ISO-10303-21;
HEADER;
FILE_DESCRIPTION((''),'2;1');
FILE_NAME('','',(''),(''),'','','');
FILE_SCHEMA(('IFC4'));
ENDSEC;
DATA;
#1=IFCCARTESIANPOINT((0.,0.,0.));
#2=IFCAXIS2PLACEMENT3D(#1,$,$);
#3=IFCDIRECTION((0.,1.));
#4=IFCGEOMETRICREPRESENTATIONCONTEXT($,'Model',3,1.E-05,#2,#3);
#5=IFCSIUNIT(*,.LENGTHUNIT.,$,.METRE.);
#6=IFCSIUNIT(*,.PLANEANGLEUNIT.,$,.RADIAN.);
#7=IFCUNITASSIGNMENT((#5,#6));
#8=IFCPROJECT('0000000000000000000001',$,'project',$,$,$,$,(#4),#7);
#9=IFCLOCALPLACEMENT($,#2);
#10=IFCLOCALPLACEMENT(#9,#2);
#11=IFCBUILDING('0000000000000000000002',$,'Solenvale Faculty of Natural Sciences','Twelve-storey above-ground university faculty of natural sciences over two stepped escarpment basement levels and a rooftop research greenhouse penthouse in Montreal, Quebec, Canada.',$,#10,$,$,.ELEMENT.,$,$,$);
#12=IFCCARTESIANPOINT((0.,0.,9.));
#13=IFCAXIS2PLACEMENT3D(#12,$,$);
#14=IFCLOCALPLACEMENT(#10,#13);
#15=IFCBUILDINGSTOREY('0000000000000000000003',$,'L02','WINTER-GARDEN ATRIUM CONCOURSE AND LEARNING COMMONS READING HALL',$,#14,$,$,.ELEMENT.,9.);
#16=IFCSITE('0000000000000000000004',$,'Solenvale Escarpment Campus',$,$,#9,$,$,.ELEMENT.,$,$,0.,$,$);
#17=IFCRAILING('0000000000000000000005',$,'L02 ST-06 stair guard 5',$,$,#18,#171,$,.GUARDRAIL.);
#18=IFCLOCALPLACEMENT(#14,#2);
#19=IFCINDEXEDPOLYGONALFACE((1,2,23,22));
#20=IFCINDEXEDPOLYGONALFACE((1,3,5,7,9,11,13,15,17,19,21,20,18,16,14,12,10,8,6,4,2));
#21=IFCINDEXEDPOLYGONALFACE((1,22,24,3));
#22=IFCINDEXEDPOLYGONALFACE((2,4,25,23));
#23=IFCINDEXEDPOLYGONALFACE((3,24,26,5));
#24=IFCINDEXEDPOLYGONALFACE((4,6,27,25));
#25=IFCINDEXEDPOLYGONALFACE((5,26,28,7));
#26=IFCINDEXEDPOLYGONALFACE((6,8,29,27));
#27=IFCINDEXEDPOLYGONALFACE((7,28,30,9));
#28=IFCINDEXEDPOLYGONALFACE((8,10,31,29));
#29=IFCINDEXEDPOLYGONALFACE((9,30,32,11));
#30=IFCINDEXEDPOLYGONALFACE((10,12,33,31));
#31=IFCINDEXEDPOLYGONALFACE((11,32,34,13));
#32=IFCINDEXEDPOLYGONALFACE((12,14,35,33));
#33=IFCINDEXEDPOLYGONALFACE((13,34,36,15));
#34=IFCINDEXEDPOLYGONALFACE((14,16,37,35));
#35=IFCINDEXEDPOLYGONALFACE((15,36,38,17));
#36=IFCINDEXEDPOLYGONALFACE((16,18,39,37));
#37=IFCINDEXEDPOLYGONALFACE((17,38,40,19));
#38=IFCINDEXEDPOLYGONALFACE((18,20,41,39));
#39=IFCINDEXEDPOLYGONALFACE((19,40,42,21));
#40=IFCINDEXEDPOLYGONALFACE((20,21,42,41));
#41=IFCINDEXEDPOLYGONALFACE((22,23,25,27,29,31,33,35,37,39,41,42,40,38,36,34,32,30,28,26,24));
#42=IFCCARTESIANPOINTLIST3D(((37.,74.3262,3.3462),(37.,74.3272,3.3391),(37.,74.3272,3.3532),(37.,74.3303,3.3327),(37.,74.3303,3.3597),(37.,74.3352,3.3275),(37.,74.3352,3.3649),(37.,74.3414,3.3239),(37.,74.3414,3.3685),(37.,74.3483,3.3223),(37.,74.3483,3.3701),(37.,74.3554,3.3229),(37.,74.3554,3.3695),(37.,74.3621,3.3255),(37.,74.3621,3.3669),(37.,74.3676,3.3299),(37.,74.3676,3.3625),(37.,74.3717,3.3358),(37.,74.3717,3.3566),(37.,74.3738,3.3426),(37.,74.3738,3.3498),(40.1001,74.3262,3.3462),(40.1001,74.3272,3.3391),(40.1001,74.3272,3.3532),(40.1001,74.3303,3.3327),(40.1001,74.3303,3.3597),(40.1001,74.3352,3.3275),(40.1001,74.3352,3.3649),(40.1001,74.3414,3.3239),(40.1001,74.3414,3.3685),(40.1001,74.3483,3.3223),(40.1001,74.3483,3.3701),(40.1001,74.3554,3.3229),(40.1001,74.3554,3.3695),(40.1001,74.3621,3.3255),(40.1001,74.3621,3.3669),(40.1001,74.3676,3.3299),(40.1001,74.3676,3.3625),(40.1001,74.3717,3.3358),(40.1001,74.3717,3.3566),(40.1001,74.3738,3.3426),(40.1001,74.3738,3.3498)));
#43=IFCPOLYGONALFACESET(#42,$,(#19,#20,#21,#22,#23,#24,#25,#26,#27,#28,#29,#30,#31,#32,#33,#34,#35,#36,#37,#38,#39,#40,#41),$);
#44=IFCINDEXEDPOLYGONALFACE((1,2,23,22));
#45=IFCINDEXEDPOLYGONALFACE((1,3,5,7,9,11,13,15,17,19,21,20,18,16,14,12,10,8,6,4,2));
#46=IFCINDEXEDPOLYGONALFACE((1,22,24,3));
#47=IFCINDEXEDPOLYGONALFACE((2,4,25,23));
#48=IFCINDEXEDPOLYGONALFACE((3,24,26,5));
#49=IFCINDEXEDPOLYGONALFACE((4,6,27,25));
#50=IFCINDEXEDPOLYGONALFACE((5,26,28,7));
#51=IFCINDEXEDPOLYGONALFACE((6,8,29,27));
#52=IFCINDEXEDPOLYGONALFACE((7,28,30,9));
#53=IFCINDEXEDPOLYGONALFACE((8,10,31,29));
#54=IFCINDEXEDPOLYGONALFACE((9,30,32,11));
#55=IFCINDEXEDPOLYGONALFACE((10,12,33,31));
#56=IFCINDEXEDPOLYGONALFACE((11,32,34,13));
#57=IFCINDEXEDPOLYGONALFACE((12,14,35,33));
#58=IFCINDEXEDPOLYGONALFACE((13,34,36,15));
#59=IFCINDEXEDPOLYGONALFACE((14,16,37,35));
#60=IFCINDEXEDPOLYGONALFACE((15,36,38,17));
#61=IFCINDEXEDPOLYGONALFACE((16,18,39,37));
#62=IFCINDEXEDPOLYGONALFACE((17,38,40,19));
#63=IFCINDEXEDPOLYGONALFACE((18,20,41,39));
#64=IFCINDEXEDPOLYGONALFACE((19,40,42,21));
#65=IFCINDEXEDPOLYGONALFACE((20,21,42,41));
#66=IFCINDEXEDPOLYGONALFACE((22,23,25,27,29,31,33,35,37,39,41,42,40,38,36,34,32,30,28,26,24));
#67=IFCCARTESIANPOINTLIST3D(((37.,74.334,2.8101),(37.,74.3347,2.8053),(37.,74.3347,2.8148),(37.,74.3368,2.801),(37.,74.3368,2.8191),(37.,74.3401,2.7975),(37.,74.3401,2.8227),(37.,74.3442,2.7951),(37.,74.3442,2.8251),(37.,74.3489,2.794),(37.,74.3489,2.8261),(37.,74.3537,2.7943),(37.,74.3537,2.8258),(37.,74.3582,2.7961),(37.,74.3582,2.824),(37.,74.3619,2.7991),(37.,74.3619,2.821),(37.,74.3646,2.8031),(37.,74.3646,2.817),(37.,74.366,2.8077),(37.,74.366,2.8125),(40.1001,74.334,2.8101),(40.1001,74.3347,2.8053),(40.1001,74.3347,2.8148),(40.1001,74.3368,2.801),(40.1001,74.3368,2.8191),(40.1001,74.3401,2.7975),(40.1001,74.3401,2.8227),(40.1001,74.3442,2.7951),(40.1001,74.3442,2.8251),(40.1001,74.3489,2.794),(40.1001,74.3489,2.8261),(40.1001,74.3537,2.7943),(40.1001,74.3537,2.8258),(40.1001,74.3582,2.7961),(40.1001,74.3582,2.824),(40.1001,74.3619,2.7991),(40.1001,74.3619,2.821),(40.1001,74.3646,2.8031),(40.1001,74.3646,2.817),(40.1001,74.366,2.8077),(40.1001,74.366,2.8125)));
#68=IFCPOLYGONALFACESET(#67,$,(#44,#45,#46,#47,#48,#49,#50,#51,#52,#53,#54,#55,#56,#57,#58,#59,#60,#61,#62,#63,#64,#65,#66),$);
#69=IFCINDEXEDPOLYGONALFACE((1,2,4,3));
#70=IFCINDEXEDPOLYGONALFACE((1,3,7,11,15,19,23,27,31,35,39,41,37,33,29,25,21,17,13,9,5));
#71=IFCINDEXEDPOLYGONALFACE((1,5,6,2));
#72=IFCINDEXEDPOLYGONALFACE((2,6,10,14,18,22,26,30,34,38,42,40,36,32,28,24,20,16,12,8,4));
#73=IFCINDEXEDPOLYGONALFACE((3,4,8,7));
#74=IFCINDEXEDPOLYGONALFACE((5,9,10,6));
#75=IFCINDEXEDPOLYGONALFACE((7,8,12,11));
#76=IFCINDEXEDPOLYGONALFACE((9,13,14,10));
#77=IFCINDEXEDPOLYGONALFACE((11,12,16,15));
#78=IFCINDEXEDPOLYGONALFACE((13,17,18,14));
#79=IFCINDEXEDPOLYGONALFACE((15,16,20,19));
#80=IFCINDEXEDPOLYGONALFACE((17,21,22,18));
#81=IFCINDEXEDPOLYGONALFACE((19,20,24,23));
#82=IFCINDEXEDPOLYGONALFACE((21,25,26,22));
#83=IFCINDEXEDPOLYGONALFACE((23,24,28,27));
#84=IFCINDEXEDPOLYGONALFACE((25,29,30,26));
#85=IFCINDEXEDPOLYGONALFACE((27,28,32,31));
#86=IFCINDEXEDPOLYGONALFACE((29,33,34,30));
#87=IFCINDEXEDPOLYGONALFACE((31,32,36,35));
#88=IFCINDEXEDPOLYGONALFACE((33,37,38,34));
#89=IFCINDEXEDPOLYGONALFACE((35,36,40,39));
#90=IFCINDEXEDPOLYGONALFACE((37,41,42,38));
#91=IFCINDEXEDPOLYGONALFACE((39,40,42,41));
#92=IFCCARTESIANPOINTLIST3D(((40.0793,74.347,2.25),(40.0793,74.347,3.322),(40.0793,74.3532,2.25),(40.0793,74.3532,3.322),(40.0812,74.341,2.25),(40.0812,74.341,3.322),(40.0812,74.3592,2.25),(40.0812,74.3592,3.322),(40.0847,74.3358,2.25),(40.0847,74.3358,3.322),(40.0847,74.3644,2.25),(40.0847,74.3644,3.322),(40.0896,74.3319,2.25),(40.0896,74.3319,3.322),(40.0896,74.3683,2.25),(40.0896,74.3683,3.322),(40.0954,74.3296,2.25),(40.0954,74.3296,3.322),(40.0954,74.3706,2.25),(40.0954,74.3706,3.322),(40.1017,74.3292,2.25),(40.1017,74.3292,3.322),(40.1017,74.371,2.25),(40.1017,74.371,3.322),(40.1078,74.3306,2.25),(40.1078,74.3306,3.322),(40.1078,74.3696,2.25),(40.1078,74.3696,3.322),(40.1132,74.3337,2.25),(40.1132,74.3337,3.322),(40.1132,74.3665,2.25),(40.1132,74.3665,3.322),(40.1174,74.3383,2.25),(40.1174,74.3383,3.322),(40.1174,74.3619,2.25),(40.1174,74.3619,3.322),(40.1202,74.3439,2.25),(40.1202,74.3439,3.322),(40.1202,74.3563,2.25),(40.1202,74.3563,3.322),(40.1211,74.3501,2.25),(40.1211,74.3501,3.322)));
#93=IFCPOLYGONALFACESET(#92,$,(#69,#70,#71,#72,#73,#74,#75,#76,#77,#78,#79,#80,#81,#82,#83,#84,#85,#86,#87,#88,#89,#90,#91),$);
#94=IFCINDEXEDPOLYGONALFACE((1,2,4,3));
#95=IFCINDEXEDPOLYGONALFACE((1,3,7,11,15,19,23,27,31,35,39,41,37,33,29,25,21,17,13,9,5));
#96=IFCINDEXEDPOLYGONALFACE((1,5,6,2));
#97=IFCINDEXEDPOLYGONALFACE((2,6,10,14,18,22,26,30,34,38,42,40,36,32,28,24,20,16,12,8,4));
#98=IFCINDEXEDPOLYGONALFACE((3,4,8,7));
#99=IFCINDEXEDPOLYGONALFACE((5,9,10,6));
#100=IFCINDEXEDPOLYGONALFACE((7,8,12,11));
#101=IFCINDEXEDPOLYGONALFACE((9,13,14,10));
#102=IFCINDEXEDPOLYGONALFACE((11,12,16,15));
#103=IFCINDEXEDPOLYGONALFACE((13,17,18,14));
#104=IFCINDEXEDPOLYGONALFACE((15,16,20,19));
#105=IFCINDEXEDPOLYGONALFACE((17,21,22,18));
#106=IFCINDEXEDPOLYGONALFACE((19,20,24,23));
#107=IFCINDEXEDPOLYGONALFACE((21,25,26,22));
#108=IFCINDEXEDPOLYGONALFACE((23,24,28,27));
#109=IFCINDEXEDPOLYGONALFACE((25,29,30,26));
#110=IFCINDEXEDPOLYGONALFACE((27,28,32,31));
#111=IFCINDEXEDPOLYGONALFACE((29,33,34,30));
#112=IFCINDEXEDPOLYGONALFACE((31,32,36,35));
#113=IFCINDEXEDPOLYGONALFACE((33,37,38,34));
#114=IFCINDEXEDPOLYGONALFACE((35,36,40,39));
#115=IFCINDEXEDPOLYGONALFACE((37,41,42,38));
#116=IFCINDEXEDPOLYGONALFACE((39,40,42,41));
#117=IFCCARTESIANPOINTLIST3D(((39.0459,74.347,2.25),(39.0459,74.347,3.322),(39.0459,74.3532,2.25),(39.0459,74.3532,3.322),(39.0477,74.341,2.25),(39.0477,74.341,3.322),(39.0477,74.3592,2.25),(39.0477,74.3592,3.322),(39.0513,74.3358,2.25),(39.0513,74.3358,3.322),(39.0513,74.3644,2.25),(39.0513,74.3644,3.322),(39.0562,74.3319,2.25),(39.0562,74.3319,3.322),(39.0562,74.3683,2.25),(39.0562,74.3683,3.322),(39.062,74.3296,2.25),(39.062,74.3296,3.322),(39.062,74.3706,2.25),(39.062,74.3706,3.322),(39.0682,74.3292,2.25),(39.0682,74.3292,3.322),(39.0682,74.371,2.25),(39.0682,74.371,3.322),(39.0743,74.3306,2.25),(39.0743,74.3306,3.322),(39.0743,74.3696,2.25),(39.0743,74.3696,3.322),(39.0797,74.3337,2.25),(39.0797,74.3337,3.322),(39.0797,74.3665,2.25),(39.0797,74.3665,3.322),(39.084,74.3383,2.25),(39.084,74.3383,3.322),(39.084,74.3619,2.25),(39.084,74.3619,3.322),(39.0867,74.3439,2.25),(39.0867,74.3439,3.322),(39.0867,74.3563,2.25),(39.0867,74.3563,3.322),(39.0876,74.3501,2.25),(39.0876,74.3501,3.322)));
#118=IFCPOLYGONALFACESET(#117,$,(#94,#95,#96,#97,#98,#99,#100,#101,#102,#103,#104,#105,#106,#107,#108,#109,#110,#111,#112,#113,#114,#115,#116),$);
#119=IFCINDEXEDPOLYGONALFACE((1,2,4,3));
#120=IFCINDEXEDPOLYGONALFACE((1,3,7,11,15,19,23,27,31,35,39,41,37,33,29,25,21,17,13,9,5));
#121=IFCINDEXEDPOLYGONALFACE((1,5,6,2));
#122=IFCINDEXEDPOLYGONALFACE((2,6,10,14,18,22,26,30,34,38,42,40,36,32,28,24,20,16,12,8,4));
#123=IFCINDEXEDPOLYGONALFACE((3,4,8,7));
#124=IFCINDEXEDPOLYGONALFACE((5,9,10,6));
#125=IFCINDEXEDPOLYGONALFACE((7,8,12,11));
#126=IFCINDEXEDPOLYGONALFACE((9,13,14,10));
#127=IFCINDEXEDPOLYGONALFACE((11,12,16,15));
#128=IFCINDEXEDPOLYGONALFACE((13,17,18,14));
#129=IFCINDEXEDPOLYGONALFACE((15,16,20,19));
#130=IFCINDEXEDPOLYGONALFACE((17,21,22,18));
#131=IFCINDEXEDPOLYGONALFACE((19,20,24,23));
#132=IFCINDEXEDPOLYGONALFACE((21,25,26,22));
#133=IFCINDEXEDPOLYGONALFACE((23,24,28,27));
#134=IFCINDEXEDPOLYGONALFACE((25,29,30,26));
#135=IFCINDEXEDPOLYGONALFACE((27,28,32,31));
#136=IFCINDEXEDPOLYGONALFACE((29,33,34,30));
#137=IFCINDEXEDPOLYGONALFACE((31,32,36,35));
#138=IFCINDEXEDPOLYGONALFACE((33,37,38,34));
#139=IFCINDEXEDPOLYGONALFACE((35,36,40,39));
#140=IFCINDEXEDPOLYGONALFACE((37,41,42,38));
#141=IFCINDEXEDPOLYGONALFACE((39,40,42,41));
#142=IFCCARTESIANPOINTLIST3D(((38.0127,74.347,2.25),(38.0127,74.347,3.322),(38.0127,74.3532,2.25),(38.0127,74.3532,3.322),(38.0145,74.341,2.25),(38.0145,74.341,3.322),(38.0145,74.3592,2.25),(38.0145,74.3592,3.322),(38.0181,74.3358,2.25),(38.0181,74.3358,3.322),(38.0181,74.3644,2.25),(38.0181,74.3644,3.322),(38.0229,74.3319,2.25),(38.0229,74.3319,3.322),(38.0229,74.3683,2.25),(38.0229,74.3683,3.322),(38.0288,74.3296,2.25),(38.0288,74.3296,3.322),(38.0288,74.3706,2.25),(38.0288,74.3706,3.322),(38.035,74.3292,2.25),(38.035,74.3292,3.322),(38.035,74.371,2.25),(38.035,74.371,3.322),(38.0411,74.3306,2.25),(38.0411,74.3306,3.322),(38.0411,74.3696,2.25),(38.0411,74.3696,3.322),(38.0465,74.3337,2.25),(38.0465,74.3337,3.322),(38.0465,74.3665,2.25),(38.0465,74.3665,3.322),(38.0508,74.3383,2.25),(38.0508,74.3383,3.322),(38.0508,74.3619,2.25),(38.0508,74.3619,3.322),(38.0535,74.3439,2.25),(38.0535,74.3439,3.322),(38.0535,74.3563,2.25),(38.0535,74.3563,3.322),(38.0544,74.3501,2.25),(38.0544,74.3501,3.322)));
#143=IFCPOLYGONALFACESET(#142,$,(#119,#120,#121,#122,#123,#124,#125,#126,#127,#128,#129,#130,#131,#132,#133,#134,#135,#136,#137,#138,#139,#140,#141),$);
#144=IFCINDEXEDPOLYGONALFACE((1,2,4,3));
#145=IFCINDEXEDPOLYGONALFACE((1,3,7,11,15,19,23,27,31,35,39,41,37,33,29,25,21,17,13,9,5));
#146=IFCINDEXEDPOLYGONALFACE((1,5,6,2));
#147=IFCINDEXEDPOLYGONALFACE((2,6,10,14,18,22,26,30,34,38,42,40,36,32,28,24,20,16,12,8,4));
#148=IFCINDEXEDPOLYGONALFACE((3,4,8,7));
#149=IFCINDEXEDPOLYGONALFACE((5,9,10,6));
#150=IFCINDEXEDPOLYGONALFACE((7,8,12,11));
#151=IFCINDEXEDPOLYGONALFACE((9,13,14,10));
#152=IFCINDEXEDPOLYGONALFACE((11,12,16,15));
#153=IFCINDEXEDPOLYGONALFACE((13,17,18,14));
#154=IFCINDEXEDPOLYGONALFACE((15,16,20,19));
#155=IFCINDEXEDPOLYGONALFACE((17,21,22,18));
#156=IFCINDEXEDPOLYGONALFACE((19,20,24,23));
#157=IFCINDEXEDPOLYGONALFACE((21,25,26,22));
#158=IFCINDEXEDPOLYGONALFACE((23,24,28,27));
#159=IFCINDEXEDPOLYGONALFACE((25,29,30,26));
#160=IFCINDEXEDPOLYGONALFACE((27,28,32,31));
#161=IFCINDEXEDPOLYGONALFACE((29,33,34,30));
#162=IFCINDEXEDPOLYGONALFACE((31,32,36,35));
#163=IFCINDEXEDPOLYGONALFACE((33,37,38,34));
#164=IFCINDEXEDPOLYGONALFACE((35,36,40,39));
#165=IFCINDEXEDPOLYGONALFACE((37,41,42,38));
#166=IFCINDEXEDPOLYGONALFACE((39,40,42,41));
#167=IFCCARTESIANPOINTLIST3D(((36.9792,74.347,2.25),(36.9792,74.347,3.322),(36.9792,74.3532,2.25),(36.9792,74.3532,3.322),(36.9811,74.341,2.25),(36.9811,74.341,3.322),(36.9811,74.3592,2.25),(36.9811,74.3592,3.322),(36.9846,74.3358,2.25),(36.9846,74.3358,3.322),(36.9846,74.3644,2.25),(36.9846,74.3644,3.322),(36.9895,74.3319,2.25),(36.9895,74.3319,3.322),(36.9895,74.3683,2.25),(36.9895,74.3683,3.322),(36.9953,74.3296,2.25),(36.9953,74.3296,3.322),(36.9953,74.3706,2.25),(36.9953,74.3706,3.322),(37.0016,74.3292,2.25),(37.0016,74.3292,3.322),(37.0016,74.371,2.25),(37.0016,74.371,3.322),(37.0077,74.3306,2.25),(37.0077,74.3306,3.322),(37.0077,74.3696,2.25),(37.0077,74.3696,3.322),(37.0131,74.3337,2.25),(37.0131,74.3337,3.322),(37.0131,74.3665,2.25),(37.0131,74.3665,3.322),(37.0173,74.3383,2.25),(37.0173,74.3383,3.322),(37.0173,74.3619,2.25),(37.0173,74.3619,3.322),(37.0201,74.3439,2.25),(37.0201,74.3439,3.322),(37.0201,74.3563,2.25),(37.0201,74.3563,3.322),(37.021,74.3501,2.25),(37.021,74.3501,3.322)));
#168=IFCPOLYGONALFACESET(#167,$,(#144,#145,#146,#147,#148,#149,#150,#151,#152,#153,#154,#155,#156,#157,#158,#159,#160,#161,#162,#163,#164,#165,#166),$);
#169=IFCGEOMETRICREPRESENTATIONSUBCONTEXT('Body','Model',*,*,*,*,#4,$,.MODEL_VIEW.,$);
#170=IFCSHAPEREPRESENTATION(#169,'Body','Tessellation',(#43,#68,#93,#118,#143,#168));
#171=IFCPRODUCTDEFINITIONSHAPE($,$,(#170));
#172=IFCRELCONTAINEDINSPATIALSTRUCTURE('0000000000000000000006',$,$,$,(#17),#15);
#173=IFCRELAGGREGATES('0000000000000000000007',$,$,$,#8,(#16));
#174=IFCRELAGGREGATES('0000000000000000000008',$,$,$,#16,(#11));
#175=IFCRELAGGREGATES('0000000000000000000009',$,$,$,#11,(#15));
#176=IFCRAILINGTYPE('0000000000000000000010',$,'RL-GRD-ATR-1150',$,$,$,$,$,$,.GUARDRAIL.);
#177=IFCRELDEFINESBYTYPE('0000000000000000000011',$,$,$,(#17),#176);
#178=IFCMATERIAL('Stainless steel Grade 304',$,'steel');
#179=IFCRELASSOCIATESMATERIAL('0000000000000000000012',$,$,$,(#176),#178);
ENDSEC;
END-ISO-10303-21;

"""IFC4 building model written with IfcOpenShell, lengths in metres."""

from ifc_helpers import new_model, si_unit, direction, frame, origin, origin_2d, place, context, subcontext, project, spatial, circle, extrude, material, type_object, element, save


model = new_model("IFC4")

# Units and contexts
model_context = context("Model", 3, precision=1e-05, world=origin(), true_north=direction((0.0, 1.0)))
body_context = subcontext(model_context, "Body", "Model", "MODEL_VIEW")
ifc_project = project(units=[si_unit("LENGTHUNIT", "METRE"), si_unit("PLANEANGLEUNIT", "RADIAN")], contexts=[model_context])

# Site, building, storey
site_placement = place(None, origin())
site = spatial("IfcSite", under=ifc_project, at=site_placement, Name="Solenvale Escarpment Campus", CompositionType="ELEMENT", RefElevation=0.0)
building_placement = place(site_placement, origin())
building = spatial("IfcBuilding", under=site, at=building_placement, Name="Solenvale Faculty of Natural Sciences", Description="Twelve-storey above-ground university faculty of natural sciences over two stepped escarpment basement levels and a rooftop research greenhouse penthouse in Montreal, Quebec, Canada.", CompositionType="ELEMENT")
storey_placement = place(building_placement, frame((0.0, 0.0, 9.0)))
storey = spatial("IfcBuildingStorey", under=building, at=storey_placement, Name="L02", Description="WINTER-GARDEN ATRIUM CONCOURSE AND LEARNING COMMONS READING HALL", CompositionType="ELEMENT", Elevation=9.0)

# Railing
ifc_material_1 = material(Name="Stainless steel Grade 304", Category="steel")
railing_type = type_object("IfcRailingType", Name="RL-GRD-ATR-1150", PredefinedType="GUARDRAIL", material=ifc_material_1)
railing_1_placement = place(storey_placement, frame((40.1001, 74.3501, 2.25)))
element("IfcRailing", 1, at=railing_1_placement, inside=storey, type_object=railing_type, Name="L02 ST-06 stair guard 5", PredefinedType="GUARDRAIL", context=body_context, shape_type="SweptSolid", body=[
    extrude(circle(Radius=0.0239, at=origin_2d()), frame((0.0, 0.0, 1.0962), z_axis=(-1.0, 0.0, 0.0), x_axis=(0.0, -1.0, 0.0)), (0.0, 0.0, 1.0), 3.1001),
    extrude(circle(Radius=0.0161, at=origin_2d()), frame((0.0, 0.0, 0.5601), z_axis=(-1.0, 0.0, 0.0), x_axis=(0.0, -1.0, 0.0)), (0.0, 0.0, 1.0), 3.1001),
    extrude(circle(Radius=0.021, at=origin_2d()), origin(), (0.0, 0.0, 1.0), 1.072),
    extrude(circle(Radius=0.021, at=origin_2d()), frame((-1.0334, 0.0, 0.0)), (0.0, 0.0, 1.0), 1.072),
    extrude(circle(Radius=0.021, at=origin_2d()), frame((-2.0667, 0.0, 0.0)), (0.0, 0.0, 1.0), 1.072),
    extrude(circle(Radius=0.021, at=origin_2d()), frame((-3.1001, 0.0, 0.0)), (0.0, 0.0, 1.0), 1.072),
])

save(model, "model.ifc")
